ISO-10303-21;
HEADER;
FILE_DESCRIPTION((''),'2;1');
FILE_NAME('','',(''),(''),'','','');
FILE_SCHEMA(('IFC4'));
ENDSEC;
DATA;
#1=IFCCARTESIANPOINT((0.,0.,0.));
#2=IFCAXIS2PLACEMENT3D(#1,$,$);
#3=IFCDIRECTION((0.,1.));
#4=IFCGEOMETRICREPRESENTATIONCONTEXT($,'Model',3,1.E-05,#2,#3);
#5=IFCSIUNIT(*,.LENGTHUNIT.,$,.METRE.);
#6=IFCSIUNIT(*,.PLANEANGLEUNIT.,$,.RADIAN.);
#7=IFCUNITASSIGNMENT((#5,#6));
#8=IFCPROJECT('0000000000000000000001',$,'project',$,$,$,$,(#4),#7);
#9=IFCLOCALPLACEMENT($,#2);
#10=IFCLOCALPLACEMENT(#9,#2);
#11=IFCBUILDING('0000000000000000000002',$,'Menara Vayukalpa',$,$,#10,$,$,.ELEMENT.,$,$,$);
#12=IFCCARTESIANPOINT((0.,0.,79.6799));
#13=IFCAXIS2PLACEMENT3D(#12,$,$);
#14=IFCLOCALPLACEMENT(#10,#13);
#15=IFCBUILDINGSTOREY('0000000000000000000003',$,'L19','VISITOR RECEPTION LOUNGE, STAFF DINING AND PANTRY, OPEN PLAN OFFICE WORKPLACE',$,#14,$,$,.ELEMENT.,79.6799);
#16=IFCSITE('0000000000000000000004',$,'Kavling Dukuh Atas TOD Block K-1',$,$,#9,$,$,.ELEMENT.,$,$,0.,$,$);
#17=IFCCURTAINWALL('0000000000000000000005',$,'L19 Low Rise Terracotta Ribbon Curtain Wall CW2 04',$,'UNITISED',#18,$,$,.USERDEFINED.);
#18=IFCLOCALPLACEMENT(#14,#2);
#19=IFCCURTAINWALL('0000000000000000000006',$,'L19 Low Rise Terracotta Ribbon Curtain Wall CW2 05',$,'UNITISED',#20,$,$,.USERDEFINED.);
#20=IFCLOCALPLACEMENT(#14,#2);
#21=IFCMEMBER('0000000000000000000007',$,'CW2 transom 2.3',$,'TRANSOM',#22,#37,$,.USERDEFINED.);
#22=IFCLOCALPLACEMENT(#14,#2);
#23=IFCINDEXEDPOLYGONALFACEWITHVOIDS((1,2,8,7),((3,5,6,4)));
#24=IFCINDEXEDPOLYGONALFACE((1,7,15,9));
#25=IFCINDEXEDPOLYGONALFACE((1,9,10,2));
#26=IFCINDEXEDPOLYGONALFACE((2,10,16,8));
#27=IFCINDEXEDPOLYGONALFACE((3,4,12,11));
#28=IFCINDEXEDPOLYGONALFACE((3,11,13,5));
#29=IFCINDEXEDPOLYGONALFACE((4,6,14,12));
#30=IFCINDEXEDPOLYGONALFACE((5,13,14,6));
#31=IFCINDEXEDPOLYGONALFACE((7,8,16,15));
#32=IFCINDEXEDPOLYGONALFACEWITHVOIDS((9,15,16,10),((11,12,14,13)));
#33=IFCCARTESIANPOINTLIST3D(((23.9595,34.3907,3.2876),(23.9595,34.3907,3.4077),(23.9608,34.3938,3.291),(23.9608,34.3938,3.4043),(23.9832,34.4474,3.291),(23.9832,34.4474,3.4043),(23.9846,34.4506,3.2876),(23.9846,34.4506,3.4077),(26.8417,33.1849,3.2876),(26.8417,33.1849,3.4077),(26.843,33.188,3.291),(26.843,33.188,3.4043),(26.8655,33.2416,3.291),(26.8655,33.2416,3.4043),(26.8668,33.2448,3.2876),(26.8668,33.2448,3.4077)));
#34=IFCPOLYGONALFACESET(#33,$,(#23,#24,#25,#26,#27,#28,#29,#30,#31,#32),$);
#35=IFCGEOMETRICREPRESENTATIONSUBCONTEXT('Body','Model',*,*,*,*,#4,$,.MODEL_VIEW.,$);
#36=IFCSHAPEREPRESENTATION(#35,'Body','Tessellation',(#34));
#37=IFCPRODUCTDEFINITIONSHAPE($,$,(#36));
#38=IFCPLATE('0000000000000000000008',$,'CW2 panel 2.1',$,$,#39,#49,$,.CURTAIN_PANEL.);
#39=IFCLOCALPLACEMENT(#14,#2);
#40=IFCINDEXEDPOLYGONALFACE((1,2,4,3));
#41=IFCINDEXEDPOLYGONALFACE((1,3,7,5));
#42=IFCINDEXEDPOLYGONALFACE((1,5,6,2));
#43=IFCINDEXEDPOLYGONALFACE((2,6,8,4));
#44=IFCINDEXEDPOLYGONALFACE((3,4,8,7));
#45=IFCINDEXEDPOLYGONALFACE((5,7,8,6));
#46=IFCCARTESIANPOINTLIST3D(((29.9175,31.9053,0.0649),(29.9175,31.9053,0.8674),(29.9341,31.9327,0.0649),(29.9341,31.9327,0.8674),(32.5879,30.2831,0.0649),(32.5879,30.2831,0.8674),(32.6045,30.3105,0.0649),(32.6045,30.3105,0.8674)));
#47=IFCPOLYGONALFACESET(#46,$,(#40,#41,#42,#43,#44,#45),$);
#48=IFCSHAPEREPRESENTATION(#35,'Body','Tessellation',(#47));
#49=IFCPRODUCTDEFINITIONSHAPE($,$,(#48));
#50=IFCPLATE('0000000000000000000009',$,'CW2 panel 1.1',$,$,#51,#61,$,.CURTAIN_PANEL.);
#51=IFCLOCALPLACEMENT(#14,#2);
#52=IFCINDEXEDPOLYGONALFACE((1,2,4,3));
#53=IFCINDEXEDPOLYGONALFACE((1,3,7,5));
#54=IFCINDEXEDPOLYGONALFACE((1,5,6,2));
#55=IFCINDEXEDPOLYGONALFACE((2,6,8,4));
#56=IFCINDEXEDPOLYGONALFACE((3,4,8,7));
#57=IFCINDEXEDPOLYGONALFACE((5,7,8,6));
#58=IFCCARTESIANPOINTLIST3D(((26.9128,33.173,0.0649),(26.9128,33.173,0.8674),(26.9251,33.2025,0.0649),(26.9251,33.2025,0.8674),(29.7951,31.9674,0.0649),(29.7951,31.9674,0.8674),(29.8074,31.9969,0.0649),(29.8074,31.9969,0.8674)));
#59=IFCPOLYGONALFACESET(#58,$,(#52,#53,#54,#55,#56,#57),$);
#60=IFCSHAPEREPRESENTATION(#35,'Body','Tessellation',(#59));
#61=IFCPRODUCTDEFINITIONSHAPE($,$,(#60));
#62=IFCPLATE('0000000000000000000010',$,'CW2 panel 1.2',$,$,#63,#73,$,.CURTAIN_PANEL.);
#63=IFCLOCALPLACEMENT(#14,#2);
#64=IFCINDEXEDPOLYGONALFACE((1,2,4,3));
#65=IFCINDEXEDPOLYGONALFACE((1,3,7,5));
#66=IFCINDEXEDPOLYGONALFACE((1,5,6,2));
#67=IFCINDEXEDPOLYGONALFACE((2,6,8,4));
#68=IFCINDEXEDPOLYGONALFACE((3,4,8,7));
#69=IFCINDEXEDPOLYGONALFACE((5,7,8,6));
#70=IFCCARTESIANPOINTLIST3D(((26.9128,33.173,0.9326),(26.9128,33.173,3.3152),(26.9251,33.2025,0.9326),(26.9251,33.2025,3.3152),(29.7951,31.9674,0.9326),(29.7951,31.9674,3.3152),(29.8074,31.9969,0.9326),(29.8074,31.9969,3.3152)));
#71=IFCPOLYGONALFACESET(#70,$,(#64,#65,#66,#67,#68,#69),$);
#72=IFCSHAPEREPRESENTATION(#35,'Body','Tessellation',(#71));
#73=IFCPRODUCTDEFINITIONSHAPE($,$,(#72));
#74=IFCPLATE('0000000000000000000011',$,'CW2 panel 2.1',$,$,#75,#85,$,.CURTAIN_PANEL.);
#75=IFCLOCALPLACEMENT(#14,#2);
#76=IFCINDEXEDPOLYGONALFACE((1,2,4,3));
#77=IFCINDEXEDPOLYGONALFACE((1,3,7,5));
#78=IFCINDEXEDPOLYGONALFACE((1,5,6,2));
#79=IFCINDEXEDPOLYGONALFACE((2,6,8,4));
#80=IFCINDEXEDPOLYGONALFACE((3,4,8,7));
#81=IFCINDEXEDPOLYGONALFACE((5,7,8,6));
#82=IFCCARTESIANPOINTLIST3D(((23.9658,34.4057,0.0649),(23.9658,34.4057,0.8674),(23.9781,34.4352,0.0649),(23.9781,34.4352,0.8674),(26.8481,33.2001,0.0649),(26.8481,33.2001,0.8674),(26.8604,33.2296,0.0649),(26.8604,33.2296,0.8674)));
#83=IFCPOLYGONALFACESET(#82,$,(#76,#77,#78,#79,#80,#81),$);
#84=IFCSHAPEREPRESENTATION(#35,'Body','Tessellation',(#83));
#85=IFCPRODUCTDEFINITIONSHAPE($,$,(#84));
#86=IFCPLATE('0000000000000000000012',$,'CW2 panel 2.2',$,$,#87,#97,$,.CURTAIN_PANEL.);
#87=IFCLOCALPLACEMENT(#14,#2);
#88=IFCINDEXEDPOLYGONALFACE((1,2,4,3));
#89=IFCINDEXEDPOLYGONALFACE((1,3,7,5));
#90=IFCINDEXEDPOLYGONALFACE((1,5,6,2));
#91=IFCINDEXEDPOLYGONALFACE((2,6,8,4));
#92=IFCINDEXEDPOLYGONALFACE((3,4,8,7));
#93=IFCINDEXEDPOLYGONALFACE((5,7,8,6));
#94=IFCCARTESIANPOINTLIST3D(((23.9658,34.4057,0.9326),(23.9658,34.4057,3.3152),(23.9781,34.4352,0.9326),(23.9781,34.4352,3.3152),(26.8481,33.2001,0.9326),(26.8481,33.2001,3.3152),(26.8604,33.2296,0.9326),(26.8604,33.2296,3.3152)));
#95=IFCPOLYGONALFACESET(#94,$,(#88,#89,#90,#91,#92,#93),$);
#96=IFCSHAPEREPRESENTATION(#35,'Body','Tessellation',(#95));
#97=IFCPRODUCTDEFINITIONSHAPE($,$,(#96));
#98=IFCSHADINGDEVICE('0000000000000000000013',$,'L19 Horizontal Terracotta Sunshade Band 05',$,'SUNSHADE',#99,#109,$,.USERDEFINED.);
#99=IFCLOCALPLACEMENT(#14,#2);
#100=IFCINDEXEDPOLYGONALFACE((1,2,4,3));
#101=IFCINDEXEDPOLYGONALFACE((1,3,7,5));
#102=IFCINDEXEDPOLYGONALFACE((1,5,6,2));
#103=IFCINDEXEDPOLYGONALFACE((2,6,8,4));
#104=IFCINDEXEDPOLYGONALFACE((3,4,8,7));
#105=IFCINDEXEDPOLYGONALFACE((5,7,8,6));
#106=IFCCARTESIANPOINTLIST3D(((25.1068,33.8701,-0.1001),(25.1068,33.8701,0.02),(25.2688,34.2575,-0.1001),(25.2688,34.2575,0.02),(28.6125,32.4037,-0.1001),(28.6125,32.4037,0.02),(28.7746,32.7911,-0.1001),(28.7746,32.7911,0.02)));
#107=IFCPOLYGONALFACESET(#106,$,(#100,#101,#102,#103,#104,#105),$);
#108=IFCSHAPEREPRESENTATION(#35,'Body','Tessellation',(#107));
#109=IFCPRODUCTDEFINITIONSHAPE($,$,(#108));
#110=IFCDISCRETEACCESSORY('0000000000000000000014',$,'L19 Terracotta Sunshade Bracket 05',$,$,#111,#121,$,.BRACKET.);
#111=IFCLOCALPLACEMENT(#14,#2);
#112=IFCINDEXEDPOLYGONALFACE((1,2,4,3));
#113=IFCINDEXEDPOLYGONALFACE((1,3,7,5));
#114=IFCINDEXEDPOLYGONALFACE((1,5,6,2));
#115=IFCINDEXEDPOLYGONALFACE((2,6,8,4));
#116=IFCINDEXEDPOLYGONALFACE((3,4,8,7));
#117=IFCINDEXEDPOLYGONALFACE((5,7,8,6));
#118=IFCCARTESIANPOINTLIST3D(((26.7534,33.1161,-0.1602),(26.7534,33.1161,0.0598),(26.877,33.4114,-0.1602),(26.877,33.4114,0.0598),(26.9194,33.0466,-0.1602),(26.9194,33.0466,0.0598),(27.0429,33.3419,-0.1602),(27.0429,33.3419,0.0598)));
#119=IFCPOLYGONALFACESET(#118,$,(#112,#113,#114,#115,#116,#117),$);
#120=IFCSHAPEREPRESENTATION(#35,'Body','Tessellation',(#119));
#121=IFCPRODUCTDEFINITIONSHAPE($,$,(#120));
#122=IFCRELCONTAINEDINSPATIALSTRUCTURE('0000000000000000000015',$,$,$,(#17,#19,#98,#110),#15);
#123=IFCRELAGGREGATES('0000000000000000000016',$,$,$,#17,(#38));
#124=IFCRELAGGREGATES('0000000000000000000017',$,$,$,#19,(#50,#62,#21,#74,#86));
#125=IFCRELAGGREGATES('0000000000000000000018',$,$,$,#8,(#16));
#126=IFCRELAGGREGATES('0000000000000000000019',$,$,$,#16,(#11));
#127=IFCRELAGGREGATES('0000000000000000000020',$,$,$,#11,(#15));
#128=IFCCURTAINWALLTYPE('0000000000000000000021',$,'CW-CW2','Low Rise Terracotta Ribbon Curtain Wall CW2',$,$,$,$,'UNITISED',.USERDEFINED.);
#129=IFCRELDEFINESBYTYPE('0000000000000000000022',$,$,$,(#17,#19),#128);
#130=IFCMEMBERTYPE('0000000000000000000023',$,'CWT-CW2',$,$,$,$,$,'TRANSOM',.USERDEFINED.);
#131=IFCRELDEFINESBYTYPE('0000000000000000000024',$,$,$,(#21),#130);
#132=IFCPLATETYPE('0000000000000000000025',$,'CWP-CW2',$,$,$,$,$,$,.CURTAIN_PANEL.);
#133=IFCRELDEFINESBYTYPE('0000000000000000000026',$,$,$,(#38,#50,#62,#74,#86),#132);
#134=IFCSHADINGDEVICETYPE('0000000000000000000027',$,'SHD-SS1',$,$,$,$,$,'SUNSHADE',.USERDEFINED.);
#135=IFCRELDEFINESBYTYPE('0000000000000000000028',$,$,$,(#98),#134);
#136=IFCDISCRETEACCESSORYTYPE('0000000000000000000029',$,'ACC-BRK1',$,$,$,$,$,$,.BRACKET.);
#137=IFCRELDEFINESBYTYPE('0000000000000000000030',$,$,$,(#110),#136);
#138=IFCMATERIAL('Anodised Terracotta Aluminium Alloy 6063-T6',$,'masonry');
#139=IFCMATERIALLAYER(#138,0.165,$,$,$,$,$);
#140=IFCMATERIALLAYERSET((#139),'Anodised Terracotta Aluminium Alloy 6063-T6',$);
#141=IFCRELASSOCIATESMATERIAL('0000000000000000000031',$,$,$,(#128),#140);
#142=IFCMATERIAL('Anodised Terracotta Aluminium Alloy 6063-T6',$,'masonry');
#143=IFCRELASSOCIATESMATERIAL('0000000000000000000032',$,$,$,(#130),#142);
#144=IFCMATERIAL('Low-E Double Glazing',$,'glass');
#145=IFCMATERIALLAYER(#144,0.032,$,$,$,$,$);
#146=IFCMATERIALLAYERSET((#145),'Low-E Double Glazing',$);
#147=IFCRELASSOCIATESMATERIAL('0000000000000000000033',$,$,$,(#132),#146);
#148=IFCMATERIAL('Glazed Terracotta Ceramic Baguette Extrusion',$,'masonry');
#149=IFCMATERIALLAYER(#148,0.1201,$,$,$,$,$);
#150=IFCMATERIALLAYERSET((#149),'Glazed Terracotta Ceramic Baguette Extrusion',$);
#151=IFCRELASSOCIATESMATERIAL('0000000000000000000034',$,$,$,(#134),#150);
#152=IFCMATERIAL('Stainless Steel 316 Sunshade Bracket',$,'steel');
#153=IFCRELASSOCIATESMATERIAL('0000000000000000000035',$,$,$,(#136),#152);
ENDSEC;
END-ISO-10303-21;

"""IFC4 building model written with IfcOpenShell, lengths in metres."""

from ifc_helpers import new_model, si_unit, direction, frame, origin, origin_2d, place, context, subcontext, project, spatial, rectangle, hollow_rectangle, extrude, material, layer, layer_set, material_profile, profile_set, type_object, element, aggregate, save


model = new_model("IFC4")

# Units and contexts
model_context = context("Model", 3, precision=1e-05, world=origin(), true_north=direction((0.0, 1.0)))
body_context = subcontext(model_context, "Body", "Model", "MODEL_VIEW")
ifc_project = project(units=[si_unit("LENGTHUNIT", "METRE"), si_unit("PLANEANGLEUNIT", "RADIAN")], contexts=[model_context])

# Site, building, storey
site_placement = place(None, origin())
site = spatial("IfcSite", under=ifc_project, at=site_placement, Name="Kavling Dukuh Atas TOD Block K-1", CompositionType="ELEMENT", RefElevation=0.0)
building_placement = place(site_placement, origin())
building = spatial("IfcBuilding", under=site, at=building_placement, Name="Menara Vayukalpa", CompositionType="ELEMENT")
storey_placement = place(building_placement, frame((0.0, 0.0, 79.6799)))
storey = spatial("IfcBuildingStorey", under=building, at=storey_placement, Name="L19", Description="VISITOR RECEPTION LOUNGE, STAFF DINING AND PANTRY, OPEN PLAN OFFICE WORKPLACE", CompositionType="ELEMENT", Elevation=79.6799)

# Curtain wall
ifc_material_1 = material(Name="Anodised Terracotta Aluminium Alloy 6063-T6", Category="masonry")
ifc_layer_1 = layer(ifc_material_1, 0.165)
ifc_layer_set_1 = layer_set([ifc_layer_1], Name="Anodised Terracotta Aluminium Alloy 6063-T6")
curtain_wall_type = type_object("IfcCurtainWallType", Name="CW-CW2", Description="Low Rise Terracotta Ribbon Curtain Wall CW2", ElementType="UNITISED", PredefinedType="USERDEFINED", material=ifc_layer_set_1)
curtain_wall_1_placement = place(storey_placement, origin())
curtain_wall_1 = element("IfcCurtainWall", 1, at=curtain_wall_1_placement, inside=storey, type_object=curtain_wall_type, Name="L19 Low Rise Terracotta Ribbon Curtain Wall CW2 04", ObjectType="UNITISED", PredefinedType="USERDEFINED")

# Curtain wall, member
curtain_wall_2_placement = place(storey_placement, origin())
curtain_wall_2 = element("IfcCurtainWall", 2, at=curtain_wall_2_placement, inside=storey, type_object=curtain_wall_type, Name="L19 Low Rise Terracotta Ribbon Curtain Wall CW2 05", ObjectType="UNITISED", PredefinedType="USERDEFINED")
ifc_material_2 = material(Name="Anodised Terracotta Aluminium Alloy 6063-T6", Category="masonry")
ifc_material_profile_1 = material_profile(ifc_material_2, hollow_rectangle(XDim=0.0649, YDim=0.1201, WallThickness=0.0034, at=origin_2d()), Name="ALU 65x120x3.5")
ifc_profile_set_1 = profile_set([ifc_material_profile_1], Name="Anodised Terracotta Aluminium Alloy 6063-T6")
member_type_1 = type_object("IfcMemberType", Name="CWT-CW2", ElementType="TRANSOM", PredefinedType="USERDEFINED", material=ifc_profile_set_1)
member_1_placement = place(storey_placement, frame((26.8542, 33.2148, 3.3477), z_axis=(-0.922526, 0.385936, 0.0), x_axis=(-0.385936, -0.922526, 0.0)))
member_1 = element("IfcMember", 3, at=member_1_placement, type_object=member_type_1, Name="CW2 transom 2.3", ObjectType="TRANSOM", PredefinedType="USERDEFINED", context=body_context, shape_type="SweptSolid", body=[
    extrude(hollow_rectangle(XDim=0.0649, YDim=0.1201, WallThickness=0.0034, at=origin_2d()), origin(), (0.0, 0.0, 1.0), 3.1243),
])

# Plates
ifc_material_3 = material(Name="Low-E Double Glazing", Category="glass")
ifc_layer_2 = layer(ifc_material_3, 0.032)
ifc_layer_set_2 = layer_set([ifc_layer_2], Name="Low-E Double Glazing")
plate_type = type_object("IfcPlateType", Name="CWP-CW2", PredefinedType="CURTAIN_PANEL", material=ifc_layer_set_2)
plate_1_placement = place(storey_placement, frame((31.261, 31.1079, 0.0649), z_axis=(0.0, 0.0, 1.0), x_axis=(-0.854663, 0.519183, 0.0)))
plate_1 = element("IfcPlate", 4, at=plate_1_placement, type_object=plate_type, Name="CW2 panel 2.1", PredefinedType="CURTAIN_PANEL", context=body_context, shape_type="SweptSolid", body=[
    extrude(rectangle(XDim=3.1245, YDim=0.032, at=origin_2d()), origin(), (0.0, 0.0, 1.0), 0.8025),
])
aggregate(curtain_wall_1, [plate_1])
plate_2_placement = place(storey_placement, frame((28.3601, 32.585, 0.0649), z_axis=(0.0, 0.0, 1.0), x_axis=(-0.922543, 0.385894, 0.0)))
plate_2 = element("IfcPlate", 5, at=plate_2_placement, type_object=plate_type, Name="CW2 panel 1.1", PredefinedType="CURTAIN_PANEL", context=body_context, shape_type="SweptSolid", body=[
    extrude(rectangle(XDim=3.1243, YDim=0.032, at=origin_2d()), origin(), (0.0, 0.0, 1.0), 0.8025),
])
plate_3_placement = place(storey_placement, frame((28.3601, 32.585, 0.9326), z_axis=(0.0, 0.0, 1.0), x_axis=(-0.922543, 0.385894, 0.0)))
plate_3 = element("IfcPlate", 6, at=plate_3_placement, type_object=plate_type, Name="CW2 panel 1.2", PredefinedType="CURTAIN_PANEL", context=body_context, shape_type="SweptSolid", body=[
    extrude(rectangle(XDim=3.1243, YDim=0.032, at=origin_2d()), origin(), (0.0, 0.0, 1.0), 2.3826),
])
plate_4_placement = place(storey_placement, frame((25.4131, 33.8176, 0.0649), z_axis=(0.0, 0.0, 1.0), x_axis=(-0.922543, 0.385894, 0.0)))
plate_4 = element("IfcPlate", 7, at=plate_4_placement, type_object=plate_type, Name="CW2 panel 2.1", PredefinedType="CURTAIN_PANEL", context=body_context, shape_type="SweptSolid", body=[
    extrude(rectangle(XDim=3.1243, YDim=0.032, at=origin_2d()), origin(), (0.0, 0.0, 1.0), 0.8025),
])
plate_5_placement = place(storey_placement, frame((25.4131, 33.8176, 0.9326), z_axis=(0.0, 0.0, 1.0), x_axis=(-0.922543, 0.385894, 0.0)))
plate_5 = element("IfcPlate", 8, at=plate_5_placement, type_object=plate_type, Name="CW2 panel 2.2", PredefinedType="CURTAIN_PANEL", context=body_context, shape_type="SweptSolid", body=[
    extrude(rectangle(XDim=3.1243, YDim=0.032, at=origin_2d()), origin(), (0.0, 0.0, 1.0), 2.3826),
])
aggregate(curtain_wall_2, [plate_2, plate_3, member_1, plate_4, plate_5])

# Shading device
ifc_material_4 = material(Name="Glazed Terracotta Ceramic Baguette Extrusion", Category="masonry")
ifc_layer_3 = layer(ifc_material_4, 0.1201)
ifc_layer_set_3 = layer_set([ifc_layer_3], Name="Glazed Terracotta Ceramic Baguette Extrusion")
shading_device_type = type_object("IfcShadingDeviceType", Name="SHD-SS1", ElementType="SUNSHADE", PredefinedType="USERDEFINED", material=ifc_layer_set_3)
shading_device_placement = place(storey_placement, frame((26.9407, 33.3306, -0.1001), z_axis=(0.0, 0.0, 1.0), x_axis=(-0.922545, 0.38589, 0.0)))
element("IfcShadingDevice", 9, at=shading_device_placement, inside=storey, type_object=shading_device_type, Name="L19 Horizontal Terracotta Sunshade Band 05", ObjectType="SUNSHADE", PredefinedType="USERDEFINED", context=body_context, shape_type="SweptSolid", body=[
    extrude(rectangle(XDim=3.8, YDim=0.4199, at=origin_2d()), origin(), (0.0, 0.0, 1.0), 0.1201),
])

# Discrete accessory
ifc_material_5 = material(Name="Stainless Steel 316 Sunshade Bracket", Category="steel")
discrete_accessory_type = type_object("IfcDiscreteAccessoryType", Name="ACC-BRK1", PredefinedType="BRACKET", material=ifc_material_5)
discrete_accessory_placement = place(storey_placement, frame((26.8982, 33.229, -0.1602), z_axis=(0.0, 0.0, 1.0), x_axis=(-0.922545, 0.38589, 0.0)))
element("IfcDiscreteAccessory", 10, at=discrete_accessory_placement, inside=storey, type_object=discrete_accessory_type, Name="L19 Terracotta Sunshade Bracket 05", PredefinedType="BRACKET", context=body_context, shape_type="SweptSolid", body=[
    extrude(rectangle(XDim=0.1799, YDim=0.3201, at=origin_2d()), origin(), (0.0, 0.0, 1.0), 0.22),
])

save(model, "model.ifc")
